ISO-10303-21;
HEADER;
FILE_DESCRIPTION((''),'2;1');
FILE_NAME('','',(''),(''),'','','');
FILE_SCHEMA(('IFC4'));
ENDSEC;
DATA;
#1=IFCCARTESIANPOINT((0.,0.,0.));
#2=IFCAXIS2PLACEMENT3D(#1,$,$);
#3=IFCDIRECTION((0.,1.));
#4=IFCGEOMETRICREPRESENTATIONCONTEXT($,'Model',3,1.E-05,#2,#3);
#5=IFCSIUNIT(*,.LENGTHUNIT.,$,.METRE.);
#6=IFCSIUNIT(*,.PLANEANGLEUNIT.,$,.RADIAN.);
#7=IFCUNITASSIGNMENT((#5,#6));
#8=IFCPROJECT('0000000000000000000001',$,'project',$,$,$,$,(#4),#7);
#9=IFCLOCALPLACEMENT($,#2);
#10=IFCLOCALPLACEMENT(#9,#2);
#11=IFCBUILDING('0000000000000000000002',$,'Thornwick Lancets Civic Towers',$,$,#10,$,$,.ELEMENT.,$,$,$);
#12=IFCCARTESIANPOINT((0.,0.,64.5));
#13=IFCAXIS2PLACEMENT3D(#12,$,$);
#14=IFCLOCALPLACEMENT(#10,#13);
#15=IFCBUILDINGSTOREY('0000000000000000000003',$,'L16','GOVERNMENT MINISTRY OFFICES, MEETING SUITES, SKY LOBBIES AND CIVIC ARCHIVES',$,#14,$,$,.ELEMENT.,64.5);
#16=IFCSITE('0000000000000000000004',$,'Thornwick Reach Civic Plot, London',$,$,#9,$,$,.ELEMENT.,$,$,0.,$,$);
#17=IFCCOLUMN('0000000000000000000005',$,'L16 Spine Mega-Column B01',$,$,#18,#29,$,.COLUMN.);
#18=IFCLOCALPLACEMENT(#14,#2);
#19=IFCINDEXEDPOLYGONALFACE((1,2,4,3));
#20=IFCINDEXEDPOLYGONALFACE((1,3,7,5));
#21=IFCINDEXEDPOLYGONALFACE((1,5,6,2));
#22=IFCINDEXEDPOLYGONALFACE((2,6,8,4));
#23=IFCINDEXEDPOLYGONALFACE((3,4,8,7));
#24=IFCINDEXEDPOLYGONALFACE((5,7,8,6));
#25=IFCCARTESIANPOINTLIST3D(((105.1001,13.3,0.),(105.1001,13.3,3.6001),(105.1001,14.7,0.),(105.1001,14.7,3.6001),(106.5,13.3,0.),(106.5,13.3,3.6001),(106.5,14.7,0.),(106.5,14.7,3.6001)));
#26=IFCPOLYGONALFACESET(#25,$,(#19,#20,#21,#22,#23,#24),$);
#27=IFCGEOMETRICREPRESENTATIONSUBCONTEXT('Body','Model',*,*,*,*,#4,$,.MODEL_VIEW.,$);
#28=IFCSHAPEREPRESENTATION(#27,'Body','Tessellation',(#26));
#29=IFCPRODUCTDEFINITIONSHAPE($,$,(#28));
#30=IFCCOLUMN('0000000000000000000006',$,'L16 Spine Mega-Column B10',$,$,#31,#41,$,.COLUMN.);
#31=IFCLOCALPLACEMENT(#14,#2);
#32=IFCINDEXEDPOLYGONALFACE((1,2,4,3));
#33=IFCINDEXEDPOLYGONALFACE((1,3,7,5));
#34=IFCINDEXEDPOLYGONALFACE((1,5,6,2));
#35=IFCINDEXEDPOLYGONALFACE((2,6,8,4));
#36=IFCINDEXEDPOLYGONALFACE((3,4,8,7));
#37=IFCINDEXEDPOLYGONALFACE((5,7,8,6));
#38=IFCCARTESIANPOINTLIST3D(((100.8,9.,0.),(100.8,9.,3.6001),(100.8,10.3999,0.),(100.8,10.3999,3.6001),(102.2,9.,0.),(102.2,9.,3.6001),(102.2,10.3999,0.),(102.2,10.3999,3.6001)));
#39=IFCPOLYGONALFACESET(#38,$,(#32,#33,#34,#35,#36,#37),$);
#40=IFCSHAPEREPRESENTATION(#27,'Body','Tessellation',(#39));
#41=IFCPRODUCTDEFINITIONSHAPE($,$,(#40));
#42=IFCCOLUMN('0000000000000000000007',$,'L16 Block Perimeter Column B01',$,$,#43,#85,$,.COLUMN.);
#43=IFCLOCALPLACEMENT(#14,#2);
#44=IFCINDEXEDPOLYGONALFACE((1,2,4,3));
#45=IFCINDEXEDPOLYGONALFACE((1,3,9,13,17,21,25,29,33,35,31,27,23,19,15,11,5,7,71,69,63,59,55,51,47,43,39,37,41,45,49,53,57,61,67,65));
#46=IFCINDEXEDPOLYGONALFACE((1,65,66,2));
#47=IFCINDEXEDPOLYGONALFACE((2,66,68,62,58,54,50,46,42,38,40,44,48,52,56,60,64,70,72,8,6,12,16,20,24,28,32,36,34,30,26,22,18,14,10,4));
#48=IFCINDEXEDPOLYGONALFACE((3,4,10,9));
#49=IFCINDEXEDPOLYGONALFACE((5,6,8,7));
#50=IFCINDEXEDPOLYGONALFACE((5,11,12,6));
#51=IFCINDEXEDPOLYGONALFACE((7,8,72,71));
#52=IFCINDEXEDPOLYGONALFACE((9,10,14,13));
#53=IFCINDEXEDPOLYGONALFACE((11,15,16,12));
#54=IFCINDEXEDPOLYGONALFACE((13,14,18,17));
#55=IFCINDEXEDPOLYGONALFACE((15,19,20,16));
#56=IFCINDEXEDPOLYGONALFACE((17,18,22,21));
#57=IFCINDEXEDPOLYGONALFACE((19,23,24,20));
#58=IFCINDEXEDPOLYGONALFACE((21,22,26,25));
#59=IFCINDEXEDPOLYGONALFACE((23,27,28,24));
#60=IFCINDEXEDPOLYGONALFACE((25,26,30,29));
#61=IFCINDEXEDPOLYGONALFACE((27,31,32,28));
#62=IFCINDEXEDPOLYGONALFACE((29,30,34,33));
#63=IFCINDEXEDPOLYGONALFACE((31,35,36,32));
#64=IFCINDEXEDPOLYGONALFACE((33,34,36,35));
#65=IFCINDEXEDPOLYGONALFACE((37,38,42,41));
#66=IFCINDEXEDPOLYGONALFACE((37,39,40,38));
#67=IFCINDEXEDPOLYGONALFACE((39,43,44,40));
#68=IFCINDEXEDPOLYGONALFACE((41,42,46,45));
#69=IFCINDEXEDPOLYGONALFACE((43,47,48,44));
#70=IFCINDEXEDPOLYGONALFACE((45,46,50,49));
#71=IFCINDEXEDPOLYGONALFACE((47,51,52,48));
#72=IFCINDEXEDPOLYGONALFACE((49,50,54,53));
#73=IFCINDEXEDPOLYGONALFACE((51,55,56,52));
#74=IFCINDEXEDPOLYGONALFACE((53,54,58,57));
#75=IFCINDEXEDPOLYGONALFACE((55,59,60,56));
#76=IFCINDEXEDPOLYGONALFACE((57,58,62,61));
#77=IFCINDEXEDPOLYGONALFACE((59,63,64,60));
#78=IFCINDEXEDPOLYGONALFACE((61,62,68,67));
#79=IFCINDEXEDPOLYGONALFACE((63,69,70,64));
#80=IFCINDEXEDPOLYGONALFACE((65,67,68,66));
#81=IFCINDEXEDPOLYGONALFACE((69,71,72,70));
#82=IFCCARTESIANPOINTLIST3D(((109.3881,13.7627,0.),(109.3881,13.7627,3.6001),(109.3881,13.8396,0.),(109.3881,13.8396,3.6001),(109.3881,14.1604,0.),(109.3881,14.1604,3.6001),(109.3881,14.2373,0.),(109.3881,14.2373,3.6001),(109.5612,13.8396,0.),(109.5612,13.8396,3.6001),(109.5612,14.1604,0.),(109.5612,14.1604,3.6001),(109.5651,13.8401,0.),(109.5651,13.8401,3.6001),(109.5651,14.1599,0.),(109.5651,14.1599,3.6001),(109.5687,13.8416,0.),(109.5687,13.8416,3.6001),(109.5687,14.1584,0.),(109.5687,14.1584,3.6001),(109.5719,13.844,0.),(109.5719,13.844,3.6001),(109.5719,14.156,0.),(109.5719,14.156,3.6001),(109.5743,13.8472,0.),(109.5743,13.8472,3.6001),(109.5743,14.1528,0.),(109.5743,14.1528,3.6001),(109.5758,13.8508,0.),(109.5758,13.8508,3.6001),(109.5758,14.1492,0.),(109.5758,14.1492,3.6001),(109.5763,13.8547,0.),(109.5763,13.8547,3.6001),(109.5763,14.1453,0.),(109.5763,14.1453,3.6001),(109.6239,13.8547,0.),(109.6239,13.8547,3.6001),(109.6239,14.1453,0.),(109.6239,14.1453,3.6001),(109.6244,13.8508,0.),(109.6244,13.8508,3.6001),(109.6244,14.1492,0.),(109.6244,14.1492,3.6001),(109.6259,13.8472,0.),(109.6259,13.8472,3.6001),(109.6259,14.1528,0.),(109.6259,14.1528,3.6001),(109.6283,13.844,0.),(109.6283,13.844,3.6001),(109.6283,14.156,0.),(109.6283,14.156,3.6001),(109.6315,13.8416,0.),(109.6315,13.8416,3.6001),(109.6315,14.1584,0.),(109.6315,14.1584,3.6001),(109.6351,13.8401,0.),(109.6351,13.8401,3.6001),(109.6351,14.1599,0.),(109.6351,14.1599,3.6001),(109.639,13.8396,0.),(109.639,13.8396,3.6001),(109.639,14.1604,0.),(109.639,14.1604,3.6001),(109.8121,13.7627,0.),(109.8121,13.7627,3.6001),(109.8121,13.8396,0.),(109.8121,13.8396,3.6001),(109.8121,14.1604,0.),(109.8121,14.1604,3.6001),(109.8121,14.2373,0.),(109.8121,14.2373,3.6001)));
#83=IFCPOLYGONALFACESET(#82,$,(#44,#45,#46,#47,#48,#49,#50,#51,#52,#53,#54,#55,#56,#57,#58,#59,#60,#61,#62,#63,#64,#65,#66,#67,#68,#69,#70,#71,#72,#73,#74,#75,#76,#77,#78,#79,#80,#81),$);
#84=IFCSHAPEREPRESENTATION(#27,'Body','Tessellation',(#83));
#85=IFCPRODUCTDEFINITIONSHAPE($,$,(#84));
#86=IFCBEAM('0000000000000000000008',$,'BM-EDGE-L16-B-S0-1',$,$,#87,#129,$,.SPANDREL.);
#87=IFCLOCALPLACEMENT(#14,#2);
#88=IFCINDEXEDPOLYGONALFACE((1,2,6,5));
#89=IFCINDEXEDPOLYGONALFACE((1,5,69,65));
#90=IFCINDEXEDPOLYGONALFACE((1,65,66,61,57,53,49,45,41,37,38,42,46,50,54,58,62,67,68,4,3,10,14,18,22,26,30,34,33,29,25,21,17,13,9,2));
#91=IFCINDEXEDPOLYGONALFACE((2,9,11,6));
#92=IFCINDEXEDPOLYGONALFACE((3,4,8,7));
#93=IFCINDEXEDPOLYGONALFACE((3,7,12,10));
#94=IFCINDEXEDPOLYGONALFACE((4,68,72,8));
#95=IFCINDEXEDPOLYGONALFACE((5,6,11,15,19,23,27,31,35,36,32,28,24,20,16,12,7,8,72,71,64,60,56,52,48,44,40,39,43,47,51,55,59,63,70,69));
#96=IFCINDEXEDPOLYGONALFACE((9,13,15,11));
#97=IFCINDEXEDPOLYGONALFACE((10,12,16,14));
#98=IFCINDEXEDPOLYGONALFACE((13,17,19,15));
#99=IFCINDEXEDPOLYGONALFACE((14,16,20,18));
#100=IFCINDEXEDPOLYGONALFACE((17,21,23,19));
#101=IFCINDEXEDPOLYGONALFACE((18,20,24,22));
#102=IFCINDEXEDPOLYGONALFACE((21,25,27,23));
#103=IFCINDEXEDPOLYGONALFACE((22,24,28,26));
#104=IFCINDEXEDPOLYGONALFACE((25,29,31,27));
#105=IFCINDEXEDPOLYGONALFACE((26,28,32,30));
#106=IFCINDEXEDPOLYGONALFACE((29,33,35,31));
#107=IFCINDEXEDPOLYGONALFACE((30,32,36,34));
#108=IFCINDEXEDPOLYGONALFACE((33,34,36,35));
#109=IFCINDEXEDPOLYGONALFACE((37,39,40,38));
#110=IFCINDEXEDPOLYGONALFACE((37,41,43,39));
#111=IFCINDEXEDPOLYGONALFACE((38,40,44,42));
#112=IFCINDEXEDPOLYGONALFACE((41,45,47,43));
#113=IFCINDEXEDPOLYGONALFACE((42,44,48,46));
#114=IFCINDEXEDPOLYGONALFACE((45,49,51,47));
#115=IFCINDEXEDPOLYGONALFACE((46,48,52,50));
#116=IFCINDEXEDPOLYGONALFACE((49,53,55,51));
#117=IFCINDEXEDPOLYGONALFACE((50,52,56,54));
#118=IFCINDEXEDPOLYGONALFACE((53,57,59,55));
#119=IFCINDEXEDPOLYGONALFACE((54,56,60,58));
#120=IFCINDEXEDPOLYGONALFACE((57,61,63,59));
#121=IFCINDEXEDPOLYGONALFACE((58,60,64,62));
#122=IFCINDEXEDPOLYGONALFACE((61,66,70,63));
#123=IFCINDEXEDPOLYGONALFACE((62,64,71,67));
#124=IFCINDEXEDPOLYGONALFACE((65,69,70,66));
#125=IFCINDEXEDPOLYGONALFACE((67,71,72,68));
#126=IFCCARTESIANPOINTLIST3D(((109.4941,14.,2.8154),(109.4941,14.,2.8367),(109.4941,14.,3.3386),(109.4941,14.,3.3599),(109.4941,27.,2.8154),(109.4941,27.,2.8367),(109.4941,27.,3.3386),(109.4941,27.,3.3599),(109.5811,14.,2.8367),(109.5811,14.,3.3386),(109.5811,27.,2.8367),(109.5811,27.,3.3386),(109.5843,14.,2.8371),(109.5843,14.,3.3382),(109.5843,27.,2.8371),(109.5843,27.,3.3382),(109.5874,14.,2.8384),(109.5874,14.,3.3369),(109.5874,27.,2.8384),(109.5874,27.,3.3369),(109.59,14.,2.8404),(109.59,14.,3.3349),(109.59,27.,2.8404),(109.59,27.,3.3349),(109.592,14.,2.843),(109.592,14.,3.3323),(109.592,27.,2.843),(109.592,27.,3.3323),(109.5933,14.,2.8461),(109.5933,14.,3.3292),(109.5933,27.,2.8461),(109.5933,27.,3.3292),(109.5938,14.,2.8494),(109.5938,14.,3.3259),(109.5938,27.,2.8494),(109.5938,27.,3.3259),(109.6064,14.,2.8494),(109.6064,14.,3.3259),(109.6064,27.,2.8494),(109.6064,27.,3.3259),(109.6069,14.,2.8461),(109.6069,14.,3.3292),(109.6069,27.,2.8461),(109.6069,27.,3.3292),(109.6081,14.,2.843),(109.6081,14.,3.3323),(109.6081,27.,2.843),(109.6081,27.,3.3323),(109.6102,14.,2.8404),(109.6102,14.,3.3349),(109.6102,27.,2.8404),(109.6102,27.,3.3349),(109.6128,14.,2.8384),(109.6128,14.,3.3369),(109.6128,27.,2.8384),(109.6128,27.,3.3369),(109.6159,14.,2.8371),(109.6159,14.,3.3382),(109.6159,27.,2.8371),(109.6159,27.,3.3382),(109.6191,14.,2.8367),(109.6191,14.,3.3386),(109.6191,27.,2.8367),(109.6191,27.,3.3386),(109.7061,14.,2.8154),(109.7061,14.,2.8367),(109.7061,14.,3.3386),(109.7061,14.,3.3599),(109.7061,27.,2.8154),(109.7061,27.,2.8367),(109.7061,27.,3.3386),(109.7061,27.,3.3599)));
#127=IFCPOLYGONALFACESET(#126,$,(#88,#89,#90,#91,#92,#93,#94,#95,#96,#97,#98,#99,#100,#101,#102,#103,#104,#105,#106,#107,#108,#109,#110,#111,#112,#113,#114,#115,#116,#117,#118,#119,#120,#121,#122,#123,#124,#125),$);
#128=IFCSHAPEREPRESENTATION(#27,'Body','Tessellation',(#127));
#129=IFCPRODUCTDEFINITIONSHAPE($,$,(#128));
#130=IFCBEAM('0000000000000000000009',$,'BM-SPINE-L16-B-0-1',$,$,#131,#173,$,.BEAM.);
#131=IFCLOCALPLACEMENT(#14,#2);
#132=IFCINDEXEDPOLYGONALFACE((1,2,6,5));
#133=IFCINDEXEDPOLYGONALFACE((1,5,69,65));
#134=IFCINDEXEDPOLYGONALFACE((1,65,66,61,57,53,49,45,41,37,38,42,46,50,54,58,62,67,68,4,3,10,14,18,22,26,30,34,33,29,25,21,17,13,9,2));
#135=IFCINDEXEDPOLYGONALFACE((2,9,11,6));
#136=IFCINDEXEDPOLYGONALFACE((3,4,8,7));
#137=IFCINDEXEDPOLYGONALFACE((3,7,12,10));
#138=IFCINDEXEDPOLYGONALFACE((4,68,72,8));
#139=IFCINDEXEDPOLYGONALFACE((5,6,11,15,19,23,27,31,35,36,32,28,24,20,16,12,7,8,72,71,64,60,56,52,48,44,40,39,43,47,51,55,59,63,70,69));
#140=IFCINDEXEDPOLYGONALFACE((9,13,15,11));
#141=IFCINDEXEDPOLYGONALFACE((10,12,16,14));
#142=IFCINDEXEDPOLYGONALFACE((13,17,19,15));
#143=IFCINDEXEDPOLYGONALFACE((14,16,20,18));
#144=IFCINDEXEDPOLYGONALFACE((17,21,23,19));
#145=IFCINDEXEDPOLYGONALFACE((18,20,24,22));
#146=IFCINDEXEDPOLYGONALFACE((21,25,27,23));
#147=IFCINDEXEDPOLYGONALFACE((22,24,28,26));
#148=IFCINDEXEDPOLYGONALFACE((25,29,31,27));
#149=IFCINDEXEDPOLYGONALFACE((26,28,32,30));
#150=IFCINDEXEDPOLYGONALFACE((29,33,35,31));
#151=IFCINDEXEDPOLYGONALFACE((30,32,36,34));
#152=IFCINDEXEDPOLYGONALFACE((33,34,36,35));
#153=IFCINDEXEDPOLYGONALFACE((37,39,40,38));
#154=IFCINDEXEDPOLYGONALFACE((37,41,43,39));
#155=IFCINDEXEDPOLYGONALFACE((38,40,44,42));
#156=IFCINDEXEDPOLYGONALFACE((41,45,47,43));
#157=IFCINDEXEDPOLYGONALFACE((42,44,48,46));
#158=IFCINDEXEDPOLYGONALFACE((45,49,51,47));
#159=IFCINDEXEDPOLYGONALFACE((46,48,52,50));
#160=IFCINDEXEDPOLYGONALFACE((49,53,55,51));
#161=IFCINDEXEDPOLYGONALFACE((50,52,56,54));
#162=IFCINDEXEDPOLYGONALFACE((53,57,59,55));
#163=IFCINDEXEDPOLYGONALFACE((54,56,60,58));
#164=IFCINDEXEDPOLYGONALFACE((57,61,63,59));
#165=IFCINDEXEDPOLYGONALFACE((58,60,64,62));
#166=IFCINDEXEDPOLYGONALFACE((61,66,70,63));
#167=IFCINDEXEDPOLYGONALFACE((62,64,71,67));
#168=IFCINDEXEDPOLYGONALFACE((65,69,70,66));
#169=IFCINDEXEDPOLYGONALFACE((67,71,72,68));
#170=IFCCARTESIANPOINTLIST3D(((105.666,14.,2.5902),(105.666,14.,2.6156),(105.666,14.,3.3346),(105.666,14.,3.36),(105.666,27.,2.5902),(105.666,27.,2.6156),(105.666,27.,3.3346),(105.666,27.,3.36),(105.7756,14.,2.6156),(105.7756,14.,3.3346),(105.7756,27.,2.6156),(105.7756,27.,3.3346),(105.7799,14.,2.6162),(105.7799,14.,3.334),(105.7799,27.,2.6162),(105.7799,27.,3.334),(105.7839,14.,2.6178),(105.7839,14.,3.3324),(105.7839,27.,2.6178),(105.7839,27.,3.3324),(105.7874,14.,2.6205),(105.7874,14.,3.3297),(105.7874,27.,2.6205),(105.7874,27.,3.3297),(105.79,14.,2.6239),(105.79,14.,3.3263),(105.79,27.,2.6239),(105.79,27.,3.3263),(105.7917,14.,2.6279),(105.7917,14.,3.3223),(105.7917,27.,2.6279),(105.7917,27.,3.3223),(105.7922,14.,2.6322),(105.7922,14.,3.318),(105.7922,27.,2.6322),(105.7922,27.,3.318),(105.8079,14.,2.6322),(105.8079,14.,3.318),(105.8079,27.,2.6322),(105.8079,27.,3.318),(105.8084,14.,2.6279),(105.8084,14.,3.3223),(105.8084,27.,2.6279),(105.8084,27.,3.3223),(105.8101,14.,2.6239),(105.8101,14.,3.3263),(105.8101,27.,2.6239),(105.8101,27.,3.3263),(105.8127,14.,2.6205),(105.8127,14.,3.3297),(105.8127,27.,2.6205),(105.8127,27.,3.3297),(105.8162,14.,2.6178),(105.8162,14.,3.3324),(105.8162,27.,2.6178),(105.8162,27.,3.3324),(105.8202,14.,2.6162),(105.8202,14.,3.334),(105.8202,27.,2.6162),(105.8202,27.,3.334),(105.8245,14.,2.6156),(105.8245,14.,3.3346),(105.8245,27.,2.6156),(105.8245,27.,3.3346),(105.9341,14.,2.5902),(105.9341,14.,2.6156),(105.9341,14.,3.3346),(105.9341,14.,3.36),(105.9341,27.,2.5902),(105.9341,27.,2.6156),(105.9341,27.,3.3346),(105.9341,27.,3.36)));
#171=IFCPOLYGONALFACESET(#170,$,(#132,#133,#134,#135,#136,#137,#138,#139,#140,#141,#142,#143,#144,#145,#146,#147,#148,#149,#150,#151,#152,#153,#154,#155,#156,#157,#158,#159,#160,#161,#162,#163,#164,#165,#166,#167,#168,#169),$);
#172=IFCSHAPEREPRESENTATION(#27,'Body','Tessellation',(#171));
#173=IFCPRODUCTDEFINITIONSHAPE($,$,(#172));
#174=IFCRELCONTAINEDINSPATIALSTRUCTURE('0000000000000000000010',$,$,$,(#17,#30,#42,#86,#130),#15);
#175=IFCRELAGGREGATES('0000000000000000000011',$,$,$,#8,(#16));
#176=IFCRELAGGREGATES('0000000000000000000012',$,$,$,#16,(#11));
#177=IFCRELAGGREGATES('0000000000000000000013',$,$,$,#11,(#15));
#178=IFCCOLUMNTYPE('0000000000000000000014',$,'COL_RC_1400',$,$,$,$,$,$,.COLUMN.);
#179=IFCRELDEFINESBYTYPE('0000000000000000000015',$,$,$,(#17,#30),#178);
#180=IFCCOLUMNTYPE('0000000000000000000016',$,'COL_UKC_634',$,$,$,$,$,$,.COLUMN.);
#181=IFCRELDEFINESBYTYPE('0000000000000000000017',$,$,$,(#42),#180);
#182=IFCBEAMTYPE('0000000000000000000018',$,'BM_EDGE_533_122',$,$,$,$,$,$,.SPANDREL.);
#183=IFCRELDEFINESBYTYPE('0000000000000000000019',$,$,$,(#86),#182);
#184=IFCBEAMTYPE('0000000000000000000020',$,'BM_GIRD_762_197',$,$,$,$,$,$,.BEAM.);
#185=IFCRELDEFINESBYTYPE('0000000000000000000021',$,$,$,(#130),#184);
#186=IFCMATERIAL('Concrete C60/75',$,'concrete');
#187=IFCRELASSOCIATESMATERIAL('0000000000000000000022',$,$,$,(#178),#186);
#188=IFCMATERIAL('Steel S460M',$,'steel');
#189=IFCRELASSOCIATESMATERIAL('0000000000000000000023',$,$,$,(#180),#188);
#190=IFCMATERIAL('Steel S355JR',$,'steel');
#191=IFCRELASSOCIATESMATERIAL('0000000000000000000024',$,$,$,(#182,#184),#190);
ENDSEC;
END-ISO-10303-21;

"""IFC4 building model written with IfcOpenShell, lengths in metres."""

from ifc_helpers import new_model, si_unit, direction, frame, origin, origin_2d, place, context, subcontext, project, spatial, rectangle, i_section, extrude, material, material_profile, profile_set, type_object, element, save


model = new_model("IFC4")

# Units and contexts
model_context = context("Model", 3, precision=1e-05, world=origin(), true_north=direction((0.0, 1.0)))
body_context = subcontext(model_context, "Body", "Model", "MODEL_VIEW")
ifc_project = project(units=[si_unit("LENGTHUNIT", "METRE"), si_unit("PLANEANGLEUNIT", "RADIAN")], contexts=[model_context])

# Site, building, storey
site_placement = place(None, origin())
site = spatial("IfcSite", under=ifc_project, at=site_placement, Name="Thornwick Reach Civic Plot, London", CompositionType="ELEMENT", RefElevation=0.0)
building_placement = place(site_placement, origin())
building = spatial("IfcBuilding", under=site, at=building_placement, Name="Thornwick Lancets Civic Towers", CompositionType="ELEMENT")
storey_placement = place(building_placement, frame((0.0, 0.0, 64.5)))
storey = spatial("IfcBuildingStorey", under=building, at=storey_placement, Name="L16", Description="GOVERNMENT MINISTRY OFFICES, MEETING SUITES, SKY LOBBIES AND CIVIC ARCHIVES", CompositionType="ELEMENT", Elevation=64.5)

# Columns
ifc_material_1 = material(Name="Concrete C60/75", Category="concrete")
ifc_material_profile_1 = material_profile(ifc_material_1, rectangle(XDim=1.3999, YDim=1.3999, at=origin_2d()), Name="RC 1400x1400")
ifc_profile_set_1 = profile_set([ifc_material_profile_1], Name="Concrete C60/75")
column_type_1 = type_object("IfcColumnType", Name="COL_RC_1400", PredefinedType="COLUMN", material=ifc_profile_set_1)
for number, where, z_axis, x_axis, name in (
    (1, (105.8, 14.0, 0.0), (0.0, 0.0, 1.0), (1.0, 0.0, 0.0), "L16 Spine Mega-Column B01"),
    (2, (101.5, 9.7, 0.0), (0.0, 0.0, 1.0), (1.0, 0.0, 0.0), "L16 Spine Mega-Column B10"),
):
    element("IfcColumn", number, at=place(storey_placement, frame(where, z_axis=z_axis, x_axis=x_axis)), inside=storey, type_object=column_type_1, Name=name, PredefinedType="COLUMN", context=body_context, shape_type="SweptSolid", body=[
        extrude(rectangle(XDim=1.3999, YDim=1.3999, at=origin_2d()), origin(), (0.0, 0.0, 1.0), 3.6001),
    ])
ifc_material_2 = material(Name="Steel S460M", Category="steel")
ifc_material_profile_2 = material_profile(ifc_material_2, i_section(OverallWidth=0.4241, OverallDepth=0.4746, WebThickness=0.0476, FlangeThickness=0.0769, FilletRadius=0.0151, at=origin_2d()), Name="UKC 356x406x634")
ifc_profile_set_2 = profile_set([ifc_material_profile_2], Name="Steel S460M")
column_type_2 = type_object("IfcColumnType", Name="COL_UKC_634", PredefinedType="COLUMN", material=ifc_profile_set_2)
column_placement = place(storey_placement, frame((109.6001, 14.0, 0.0), z_axis=(0.0, 0.0, 1.0), x_axis=(1.0, 0.0, 0.0)))
element("IfcColumn", 3, at=column_placement, inside=storey, type_object=column_type_2, Name="L16 Block Perimeter Column B01", PredefinedType="COLUMN", context=body_context, shape_type="SweptSolid", body=[
    extrude(i_section(OverallWidth=0.4241, OverallDepth=0.4746, WebThickness=0.0476, FlangeThickness=0.0769, FilletRadius=0.0151, at=origin_2d()), origin(), (0.0, 0.0, 1.0), 3.6001),
])

# Beams
ifc_material_3 = material(Name="Steel S355JR", Category="steel")
ifc_material_profile_3 = material_profile(ifc_material_3, i_section(OverallWidth=0.2119, OverallDepth=0.5444, WebThickness=0.0127, FlangeThickness=0.0212, FilletRadius=0.0127, at=origin_2d()), Name="UKB 533x210x122")
ifc_profile_set_3 = profile_set([ifc_material_profile_3], Name="Steel S355JR")
beam_type_1 = type_object("IfcBeamType", Name="BM_EDGE_533_122", PredefinedType="SPANDREL", material=ifc_profile_set_3)
beam_1_placement = place(storey_placement, frame((109.6001, 14.0, 3.0876), z_axis=(0.0, 1.0, 0.0), x_axis=(-1.0, 0.0, 0.0)))
element("IfcBeam", 4, at=beam_1_placement, inside=storey, type_object=beam_type_1, Name="BM-EDGE-L16-B-S0-1", PredefinedType="SPANDREL", context=body_context, shape_type="SweptSolid", body=[
    extrude(i_section(OverallWidth=0.2119, OverallDepth=0.5444, WebThickness=0.0127, FlangeThickness=0.0212, FilletRadius=0.0127, at=origin_2d()), origin(), (0.0, 0.0, 1.0), 13.0),
])
ifc_material_profile_4 = material_profile(ifc_material_3, i_section(OverallWidth=0.2681, OverallDepth=0.7698, WebThickness=0.0156, FlangeThickness=0.0254, FilletRadius=0.0166, at=origin_2d()), Name="UKB 762x267x197")
ifc_profile_set_4 = profile_set([ifc_material_profile_4], Name="Steel S355JR")
beam_type_2 = type_object("IfcBeamType", Name="BM_GIRD_762_197", PredefinedType="BEAM", material=ifc_profile_set_4)
for number, where, z_axis, x_axis, name in (
    (5, (105.8, 14.0, 2.9751), (0.0, 1.0, 0.0), (-1.0, 0.0, 0.0), "BM-SPINE-L16-B-0-1"),
):
    element("IfcBeam", number, at=place(storey_placement, frame(where, z_axis=z_axis, x_axis=x_axis)), inside=storey, type_object=beam_type_2, Name=name, PredefinedType="BEAM", context=body_context, shape_type="SweptSolid", body=[
        extrude(i_section(OverallWidth=0.2681, OverallDepth=0.7698, WebThickness=0.0156, FlangeThickness=0.0254, FilletRadius=0.0166, at=origin_2d()), origin(), (0.0, 0.0, 1.0), 13.0),
    ])

save(model, "model.ifc")
